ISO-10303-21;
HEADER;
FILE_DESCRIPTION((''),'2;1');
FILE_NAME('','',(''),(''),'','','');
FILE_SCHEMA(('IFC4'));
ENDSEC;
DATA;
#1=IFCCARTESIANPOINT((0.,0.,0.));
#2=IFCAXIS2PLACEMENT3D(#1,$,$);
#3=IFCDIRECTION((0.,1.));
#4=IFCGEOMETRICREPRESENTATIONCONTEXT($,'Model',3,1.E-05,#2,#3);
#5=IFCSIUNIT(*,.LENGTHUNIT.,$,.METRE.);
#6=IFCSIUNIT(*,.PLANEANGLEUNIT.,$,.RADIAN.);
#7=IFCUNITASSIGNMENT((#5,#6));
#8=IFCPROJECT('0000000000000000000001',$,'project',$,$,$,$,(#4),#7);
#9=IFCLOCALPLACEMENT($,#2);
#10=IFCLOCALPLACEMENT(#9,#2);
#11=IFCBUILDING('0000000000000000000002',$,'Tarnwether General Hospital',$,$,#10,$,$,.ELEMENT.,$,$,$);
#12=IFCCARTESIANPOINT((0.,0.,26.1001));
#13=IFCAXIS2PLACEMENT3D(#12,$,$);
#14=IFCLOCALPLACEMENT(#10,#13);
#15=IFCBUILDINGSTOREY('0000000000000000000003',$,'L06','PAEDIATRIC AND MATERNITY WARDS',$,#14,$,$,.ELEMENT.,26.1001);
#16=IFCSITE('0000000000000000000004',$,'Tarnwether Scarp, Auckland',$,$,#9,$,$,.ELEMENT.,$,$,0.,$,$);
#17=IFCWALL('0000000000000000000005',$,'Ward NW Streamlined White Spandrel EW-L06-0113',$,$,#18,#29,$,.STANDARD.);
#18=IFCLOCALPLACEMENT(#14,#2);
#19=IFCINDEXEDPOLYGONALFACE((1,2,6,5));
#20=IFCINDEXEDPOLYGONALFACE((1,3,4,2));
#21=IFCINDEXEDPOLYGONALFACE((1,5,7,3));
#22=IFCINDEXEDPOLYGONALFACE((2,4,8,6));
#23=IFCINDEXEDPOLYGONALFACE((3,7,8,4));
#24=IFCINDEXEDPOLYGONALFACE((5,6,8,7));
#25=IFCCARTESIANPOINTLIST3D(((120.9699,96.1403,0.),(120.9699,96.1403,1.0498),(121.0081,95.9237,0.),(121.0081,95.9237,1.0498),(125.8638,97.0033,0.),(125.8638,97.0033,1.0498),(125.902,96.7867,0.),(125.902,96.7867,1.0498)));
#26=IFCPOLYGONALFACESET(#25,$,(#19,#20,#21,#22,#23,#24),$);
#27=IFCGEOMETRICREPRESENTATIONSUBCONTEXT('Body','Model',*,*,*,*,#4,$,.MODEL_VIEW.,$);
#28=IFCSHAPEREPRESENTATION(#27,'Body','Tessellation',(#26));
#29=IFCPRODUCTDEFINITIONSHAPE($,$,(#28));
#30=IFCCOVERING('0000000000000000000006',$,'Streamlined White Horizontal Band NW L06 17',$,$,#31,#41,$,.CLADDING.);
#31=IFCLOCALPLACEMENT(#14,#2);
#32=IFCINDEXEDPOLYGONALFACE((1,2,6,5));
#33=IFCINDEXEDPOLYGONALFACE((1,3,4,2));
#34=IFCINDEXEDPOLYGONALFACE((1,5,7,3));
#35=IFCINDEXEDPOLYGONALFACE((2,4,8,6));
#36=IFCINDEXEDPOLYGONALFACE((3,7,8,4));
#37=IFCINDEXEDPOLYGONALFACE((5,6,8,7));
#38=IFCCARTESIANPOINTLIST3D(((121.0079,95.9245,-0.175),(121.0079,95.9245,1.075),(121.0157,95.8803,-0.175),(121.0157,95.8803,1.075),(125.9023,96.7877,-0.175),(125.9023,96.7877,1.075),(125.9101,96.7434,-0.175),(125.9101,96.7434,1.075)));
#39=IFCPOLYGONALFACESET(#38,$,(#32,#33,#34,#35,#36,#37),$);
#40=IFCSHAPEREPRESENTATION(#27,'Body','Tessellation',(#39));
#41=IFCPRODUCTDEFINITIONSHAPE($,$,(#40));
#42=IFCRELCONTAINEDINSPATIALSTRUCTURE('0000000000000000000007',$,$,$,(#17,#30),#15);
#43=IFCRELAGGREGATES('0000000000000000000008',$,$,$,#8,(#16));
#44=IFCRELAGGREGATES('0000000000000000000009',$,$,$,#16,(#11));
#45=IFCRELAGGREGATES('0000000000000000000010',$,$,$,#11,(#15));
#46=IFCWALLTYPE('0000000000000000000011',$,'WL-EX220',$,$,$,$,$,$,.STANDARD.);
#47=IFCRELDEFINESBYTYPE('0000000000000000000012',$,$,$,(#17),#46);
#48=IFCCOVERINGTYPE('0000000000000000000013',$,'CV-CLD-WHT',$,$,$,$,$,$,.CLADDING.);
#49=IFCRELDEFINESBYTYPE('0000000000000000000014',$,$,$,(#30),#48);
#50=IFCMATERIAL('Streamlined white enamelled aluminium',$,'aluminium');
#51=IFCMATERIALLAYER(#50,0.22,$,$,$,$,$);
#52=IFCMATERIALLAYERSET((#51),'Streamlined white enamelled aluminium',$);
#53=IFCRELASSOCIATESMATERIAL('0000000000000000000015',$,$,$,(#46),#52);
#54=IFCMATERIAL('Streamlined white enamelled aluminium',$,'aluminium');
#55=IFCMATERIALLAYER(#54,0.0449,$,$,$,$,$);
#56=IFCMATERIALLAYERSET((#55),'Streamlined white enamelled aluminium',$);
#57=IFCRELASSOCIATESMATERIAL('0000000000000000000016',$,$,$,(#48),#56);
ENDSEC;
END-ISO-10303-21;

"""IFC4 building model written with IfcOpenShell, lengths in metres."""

from ifc_helpers import new_model, si_unit, direction, frame, frame_2d, origin, origin_2d, place, context, subcontext, project, spatial, rectangle, extrude, material, layer, layer_set, type_object, element, save


model = new_model("IFC4")

# Units and contexts
model_context = context("Model", 3, precision=1e-05, world=origin(), true_north=direction((0.0, 1.0)))
body_context = subcontext(model_context, "Body", "Model", "MODEL_VIEW")
ifc_project = project(units=[si_unit("LENGTHUNIT", "METRE"), si_unit("PLANEANGLEUNIT", "RADIAN")], contexts=[model_context])

# Site, building, storey
site_placement = place(None, origin())
site = spatial("IfcSite", under=ifc_project, at=site_placement, Name="Tarnwether Scarp, Auckland", CompositionType="ELEMENT", RefElevation=0.0)
building_placement = place(site_placement, origin())
building = spatial("IfcBuilding", under=site, at=building_placement, Name="Tarnwether General Hospital", CompositionType="ELEMENT")
storey_placement = place(building_placement, frame((0.0, 0.0, 26.1001)))
storey = spatial("IfcBuildingStorey", under=building, at=storey_placement, Name="L06", Description="PAEDIATRIC AND MATERNITY WARDS", CompositionType="ELEMENT", Elevation=26.1001)

# Wall
ifc_material_1 = material(Name="Streamlined white enamelled aluminium", Category="aluminium")
ifc_layer_1 = layer(ifc_material_1, 0.22)
ifc_layer_set_1 = layer_set([ifc_layer_1], Name="Streamlined white enamelled aluminium")
wall_type = type_object("IfcWallType", Name="WL-EX220", PredefinedType="STANDARD", material=ifc_layer_set_1)
wall_placement = place(storey_placement, frame((125.8831, 96.895, 0.0), z_axis=(0.0, 0.0, 1.0), x_axis=(-0.984805, -0.173665, 0.0)))
element("IfcWall", 1, at=wall_placement, inside=storey, type_object=wall_type, Name="Ward NW Streamlined White Spandrel EW-L06-0113", PredefinedType="STANDARD", context=body_context, shape_type="SweptSolid", body=[
    extrude(rectangle(XDim=4.9695, YDim=0.22, at=frame_2d((2.4849, 0.0))), origin(), (0.0, 0.0, 1.0), 1.0498),
])

# Covering
ifc_material_2 = material(Name="Streamlined white enamelled aluminium", Category="aluminium")
ifc_layer_2 = layer(ifc_material_2, 0.0449)
ifc_layer_set_2 = layer_set([ifc_layer_2], Name="Streamlined white enamelled aluminium")
covering_type = type_object("IfcCoveringType", Name="CV-CLD-WHT", PredefinedType="CLADDING", material=ifc_layer_set_2)
covering_placement = place(storey_placement, frame((123.459, 96.334, -0.175), z_axis=(0.0, 0.0, 1.0), x_axis=(-0.984805, -0.173665, 0.0)))
element("IfcCovering", 2, at=covering_placement, inside=storey, type_object=covering_type, Name="Streamlined White Horizontal Band NW L06 17", PredefinedType="CLADDING", context=body_context, shape_type="SweptSolid", body=[
    extrude(rectangle(XDim=4.97, YDim=0.0449, at=origin_2d()), origin(), (0.0, 0.0, 1.0), 1.25),
])

save(model, "model.ifc")
